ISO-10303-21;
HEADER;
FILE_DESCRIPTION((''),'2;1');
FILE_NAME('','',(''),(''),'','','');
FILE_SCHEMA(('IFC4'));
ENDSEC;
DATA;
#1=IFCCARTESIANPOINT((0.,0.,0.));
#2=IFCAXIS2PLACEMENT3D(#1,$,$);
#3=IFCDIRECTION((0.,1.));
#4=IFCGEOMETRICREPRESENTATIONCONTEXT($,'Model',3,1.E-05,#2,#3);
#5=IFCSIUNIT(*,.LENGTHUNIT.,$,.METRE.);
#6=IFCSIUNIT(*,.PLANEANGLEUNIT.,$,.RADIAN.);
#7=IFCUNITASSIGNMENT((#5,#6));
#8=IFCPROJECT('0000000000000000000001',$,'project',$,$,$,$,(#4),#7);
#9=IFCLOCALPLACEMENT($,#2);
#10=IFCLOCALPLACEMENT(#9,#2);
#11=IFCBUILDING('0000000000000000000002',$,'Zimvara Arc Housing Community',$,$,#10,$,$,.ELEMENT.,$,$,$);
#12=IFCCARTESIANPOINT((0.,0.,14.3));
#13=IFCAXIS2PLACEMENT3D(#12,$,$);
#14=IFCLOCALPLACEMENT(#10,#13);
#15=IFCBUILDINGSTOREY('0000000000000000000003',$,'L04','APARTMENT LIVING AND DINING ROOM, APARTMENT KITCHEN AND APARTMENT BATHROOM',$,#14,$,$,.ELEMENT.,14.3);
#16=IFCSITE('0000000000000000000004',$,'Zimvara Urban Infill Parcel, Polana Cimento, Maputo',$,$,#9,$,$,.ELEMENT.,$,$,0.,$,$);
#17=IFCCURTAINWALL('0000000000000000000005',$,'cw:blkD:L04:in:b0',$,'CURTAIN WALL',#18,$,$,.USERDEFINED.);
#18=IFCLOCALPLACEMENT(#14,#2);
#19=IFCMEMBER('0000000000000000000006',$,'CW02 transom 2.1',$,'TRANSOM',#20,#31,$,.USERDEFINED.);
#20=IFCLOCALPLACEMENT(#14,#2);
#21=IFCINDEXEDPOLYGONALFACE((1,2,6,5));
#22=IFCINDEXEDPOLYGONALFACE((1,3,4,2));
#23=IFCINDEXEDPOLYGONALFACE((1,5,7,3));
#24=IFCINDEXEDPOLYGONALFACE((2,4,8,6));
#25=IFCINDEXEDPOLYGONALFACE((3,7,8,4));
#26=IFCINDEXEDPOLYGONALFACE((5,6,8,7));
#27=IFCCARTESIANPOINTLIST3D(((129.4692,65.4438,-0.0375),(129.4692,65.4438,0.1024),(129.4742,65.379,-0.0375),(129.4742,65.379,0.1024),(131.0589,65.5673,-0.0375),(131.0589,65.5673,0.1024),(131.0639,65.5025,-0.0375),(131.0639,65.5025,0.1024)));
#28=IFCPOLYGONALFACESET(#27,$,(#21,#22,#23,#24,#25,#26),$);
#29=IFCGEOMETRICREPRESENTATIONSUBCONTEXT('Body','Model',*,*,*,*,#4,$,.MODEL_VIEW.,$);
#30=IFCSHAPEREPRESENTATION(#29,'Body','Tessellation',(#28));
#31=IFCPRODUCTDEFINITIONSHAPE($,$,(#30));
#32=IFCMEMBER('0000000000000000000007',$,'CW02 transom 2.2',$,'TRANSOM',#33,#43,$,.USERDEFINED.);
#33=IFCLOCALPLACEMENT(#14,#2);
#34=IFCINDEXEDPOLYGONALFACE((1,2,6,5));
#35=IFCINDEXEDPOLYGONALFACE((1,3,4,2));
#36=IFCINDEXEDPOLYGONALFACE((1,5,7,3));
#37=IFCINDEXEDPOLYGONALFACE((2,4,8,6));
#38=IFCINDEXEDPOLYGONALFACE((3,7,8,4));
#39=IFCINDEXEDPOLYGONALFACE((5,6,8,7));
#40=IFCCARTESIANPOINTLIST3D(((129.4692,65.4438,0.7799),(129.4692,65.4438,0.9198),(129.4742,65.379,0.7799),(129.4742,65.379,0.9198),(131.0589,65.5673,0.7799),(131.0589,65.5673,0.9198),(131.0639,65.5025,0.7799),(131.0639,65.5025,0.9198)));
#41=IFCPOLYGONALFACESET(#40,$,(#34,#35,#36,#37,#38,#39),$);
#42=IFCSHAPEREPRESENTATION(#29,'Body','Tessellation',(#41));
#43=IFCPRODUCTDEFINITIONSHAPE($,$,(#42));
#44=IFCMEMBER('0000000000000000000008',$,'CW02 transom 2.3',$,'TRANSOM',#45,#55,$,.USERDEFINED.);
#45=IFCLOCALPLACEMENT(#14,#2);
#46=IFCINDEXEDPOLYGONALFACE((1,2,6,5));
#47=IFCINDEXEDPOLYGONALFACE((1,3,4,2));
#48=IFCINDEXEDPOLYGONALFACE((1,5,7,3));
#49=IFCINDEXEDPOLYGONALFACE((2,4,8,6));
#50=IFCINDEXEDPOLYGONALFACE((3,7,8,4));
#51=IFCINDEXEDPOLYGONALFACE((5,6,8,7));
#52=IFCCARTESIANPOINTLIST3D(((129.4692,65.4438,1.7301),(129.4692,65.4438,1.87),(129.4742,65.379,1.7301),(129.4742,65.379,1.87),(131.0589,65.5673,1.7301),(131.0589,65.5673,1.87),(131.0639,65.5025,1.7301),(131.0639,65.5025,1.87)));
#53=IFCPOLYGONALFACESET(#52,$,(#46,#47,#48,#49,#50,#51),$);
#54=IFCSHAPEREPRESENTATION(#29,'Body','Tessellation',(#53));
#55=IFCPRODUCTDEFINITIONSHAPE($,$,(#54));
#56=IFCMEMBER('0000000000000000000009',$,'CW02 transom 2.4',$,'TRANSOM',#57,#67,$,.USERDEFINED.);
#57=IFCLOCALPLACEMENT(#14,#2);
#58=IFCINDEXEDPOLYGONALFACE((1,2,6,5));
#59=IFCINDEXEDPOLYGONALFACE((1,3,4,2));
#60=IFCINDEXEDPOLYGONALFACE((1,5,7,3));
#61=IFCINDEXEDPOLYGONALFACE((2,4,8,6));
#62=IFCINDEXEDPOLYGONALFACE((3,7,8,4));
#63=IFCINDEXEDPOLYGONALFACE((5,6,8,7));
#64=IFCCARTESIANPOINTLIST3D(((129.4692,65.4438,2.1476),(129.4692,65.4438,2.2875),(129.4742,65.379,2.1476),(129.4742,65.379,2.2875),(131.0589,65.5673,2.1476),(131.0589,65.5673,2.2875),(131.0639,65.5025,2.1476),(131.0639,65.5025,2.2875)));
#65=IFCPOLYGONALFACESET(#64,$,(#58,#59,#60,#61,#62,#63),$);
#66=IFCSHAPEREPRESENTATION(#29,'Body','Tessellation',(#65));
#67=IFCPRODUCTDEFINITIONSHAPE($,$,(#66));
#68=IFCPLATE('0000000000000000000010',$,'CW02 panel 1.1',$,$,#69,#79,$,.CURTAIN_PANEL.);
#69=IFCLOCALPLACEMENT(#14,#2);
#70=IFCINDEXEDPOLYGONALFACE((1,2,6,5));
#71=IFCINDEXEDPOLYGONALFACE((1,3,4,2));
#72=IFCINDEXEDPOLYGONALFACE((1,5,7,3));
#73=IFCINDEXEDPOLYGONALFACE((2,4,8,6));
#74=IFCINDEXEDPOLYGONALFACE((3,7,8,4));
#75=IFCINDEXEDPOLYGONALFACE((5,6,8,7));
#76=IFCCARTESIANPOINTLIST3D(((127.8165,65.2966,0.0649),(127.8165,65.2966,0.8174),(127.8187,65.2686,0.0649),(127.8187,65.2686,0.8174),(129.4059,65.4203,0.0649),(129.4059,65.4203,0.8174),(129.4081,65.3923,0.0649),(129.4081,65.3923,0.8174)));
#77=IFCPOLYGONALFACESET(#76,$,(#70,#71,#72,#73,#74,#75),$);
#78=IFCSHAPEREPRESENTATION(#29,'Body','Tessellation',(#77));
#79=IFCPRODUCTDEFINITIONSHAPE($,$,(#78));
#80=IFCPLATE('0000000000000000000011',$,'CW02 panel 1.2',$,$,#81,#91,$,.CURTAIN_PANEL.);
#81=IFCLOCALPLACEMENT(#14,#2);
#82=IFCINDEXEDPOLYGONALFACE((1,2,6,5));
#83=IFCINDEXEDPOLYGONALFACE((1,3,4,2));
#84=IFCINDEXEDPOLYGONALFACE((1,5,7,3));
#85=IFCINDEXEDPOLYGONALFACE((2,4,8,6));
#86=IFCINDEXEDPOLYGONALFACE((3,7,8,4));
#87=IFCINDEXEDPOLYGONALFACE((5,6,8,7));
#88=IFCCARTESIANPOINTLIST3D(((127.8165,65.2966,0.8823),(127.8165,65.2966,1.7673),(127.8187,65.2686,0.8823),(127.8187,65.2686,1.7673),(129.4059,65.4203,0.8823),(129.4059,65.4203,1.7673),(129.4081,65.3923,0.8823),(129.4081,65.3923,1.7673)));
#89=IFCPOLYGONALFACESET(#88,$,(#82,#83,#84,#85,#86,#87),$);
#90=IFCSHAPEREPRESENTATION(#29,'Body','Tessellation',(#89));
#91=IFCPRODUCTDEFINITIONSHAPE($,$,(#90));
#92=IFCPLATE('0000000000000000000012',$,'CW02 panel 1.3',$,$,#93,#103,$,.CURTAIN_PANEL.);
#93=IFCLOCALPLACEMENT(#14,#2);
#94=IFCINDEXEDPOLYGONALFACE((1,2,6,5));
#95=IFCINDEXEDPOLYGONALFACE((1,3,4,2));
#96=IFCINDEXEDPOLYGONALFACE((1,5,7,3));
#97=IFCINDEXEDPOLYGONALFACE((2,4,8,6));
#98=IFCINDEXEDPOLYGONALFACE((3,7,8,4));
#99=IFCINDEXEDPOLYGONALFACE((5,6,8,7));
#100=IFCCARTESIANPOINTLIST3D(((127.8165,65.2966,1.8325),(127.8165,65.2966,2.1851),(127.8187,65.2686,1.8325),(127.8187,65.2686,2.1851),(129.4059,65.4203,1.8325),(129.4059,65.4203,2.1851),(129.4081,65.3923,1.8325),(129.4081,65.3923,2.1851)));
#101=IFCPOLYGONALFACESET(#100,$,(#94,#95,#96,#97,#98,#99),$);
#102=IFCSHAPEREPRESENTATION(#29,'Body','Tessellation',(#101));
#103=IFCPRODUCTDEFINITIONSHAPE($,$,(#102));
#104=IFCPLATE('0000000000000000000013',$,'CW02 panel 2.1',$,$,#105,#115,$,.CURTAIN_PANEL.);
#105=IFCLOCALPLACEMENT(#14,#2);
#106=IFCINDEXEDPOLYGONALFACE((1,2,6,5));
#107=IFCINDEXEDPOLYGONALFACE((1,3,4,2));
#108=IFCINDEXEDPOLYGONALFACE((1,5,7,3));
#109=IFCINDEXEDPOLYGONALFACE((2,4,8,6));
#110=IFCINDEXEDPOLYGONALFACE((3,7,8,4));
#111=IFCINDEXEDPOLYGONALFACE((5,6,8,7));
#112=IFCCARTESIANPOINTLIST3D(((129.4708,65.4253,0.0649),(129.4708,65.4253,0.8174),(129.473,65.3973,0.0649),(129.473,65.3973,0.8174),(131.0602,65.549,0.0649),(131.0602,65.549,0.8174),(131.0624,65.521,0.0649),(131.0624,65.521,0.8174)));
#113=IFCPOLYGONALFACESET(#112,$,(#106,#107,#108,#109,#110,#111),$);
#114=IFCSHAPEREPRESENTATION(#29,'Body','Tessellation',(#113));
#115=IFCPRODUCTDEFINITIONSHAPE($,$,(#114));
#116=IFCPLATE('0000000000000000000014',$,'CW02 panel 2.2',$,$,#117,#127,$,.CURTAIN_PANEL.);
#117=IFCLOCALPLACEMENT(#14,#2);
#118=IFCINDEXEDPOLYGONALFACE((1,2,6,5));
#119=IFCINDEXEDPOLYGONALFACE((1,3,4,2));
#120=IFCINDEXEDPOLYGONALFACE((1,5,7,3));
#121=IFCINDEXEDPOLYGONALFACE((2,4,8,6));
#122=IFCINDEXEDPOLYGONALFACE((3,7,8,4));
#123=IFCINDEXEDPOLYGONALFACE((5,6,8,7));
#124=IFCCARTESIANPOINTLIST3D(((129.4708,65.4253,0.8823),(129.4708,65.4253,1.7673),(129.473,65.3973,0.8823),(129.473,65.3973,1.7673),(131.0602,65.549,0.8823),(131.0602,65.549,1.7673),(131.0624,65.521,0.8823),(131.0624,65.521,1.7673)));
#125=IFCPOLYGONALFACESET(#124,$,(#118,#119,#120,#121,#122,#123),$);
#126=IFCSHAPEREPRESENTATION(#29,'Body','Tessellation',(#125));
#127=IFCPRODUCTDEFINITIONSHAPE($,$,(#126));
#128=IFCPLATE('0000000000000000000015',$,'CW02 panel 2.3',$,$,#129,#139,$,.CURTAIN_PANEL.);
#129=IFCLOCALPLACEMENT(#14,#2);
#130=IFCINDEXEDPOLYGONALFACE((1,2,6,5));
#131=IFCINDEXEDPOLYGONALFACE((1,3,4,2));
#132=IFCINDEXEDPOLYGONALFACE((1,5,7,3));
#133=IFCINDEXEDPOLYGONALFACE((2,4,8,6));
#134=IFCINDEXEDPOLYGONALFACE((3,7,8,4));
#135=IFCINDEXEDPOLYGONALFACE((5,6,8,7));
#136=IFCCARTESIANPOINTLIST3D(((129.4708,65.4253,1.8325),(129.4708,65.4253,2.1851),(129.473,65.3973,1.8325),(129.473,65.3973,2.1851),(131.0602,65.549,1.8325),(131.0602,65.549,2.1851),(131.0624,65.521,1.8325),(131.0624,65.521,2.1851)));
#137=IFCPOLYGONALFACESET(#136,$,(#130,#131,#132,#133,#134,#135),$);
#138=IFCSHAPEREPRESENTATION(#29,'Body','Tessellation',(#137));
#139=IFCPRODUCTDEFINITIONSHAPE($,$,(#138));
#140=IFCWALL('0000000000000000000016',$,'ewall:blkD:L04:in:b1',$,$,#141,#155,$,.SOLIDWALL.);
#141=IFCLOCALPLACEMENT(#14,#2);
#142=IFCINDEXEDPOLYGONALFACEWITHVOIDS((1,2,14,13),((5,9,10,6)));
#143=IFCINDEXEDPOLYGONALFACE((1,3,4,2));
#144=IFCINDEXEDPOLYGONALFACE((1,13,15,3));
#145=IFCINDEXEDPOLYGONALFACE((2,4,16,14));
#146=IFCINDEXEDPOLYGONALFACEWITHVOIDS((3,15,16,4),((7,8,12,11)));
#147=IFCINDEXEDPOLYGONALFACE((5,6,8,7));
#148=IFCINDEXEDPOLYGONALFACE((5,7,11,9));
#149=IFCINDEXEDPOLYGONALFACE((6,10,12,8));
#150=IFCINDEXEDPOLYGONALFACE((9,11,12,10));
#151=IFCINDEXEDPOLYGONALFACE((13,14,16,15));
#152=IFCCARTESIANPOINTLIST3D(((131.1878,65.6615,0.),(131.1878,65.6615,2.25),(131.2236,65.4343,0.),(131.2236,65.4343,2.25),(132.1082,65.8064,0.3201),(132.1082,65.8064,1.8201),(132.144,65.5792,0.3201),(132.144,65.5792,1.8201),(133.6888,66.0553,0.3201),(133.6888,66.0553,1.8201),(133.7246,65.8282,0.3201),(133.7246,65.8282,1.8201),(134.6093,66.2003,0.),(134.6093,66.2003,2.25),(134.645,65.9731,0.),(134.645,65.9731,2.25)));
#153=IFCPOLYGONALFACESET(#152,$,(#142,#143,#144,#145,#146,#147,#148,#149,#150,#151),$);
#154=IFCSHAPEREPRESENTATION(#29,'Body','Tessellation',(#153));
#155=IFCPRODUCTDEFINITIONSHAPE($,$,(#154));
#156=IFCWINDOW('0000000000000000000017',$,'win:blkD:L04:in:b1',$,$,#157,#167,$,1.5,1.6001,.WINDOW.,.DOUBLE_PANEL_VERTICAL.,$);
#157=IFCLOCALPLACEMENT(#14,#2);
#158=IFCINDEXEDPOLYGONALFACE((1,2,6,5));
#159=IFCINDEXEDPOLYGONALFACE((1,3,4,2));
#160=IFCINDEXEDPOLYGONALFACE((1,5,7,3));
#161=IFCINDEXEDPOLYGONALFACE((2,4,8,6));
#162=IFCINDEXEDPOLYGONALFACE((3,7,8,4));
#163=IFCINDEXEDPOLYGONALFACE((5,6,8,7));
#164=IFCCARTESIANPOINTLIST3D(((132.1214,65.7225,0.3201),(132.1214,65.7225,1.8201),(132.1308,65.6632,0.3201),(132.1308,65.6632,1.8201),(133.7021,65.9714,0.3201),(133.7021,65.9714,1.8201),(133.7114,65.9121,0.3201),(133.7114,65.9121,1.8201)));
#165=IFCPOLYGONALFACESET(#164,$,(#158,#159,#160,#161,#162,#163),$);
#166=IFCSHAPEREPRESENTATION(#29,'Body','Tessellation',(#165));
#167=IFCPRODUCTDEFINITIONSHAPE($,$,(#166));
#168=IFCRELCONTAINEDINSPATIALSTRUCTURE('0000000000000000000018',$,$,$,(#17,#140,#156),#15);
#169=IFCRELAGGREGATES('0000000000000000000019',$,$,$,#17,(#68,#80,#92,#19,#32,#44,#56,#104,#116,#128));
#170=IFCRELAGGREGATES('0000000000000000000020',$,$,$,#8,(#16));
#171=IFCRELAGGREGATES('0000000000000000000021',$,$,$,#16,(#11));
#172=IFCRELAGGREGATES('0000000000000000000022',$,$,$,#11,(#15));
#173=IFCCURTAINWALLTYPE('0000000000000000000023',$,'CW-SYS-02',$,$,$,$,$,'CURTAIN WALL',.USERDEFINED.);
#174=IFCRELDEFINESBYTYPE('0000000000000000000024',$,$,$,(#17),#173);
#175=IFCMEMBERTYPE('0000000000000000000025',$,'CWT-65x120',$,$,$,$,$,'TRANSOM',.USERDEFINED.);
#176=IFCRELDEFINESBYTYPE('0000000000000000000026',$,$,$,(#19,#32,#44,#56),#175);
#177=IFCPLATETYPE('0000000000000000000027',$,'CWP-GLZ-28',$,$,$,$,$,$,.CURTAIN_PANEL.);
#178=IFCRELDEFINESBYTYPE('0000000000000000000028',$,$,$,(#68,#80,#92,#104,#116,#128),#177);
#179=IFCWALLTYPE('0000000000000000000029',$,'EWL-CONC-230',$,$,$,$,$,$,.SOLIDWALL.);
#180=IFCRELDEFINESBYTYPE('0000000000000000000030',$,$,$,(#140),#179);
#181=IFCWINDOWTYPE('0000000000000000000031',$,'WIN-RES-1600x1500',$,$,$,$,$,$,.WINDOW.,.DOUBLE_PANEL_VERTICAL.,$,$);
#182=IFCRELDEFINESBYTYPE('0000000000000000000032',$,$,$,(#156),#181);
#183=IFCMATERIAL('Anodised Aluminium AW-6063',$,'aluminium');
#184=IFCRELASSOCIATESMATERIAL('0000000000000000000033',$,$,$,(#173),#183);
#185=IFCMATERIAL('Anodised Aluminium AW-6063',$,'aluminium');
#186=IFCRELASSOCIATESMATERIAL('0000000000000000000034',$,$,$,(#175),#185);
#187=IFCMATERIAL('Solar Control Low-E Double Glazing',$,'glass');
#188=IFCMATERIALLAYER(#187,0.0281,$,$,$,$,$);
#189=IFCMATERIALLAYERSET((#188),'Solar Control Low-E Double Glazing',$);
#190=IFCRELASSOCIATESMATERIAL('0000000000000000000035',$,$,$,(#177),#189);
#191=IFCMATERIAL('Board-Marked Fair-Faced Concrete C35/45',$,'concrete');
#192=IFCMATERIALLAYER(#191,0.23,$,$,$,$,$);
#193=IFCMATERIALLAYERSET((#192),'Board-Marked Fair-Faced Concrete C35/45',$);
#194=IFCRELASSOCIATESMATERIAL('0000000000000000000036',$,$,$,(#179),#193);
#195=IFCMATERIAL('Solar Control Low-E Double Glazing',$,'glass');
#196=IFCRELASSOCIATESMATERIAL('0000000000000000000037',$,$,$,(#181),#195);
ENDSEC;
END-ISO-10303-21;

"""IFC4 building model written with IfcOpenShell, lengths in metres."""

from ifc_helpers import new_model, si_unit, direction, frame, frame_2d, origin, origin_2d, place, context, subcontext, project, spatial, rectangle, extrude, material, layer, layer_set, material_profile, profile_set, type_object, element, fill, aggregate, save


model = new_model("IFC4")

# Units and contexts
model_context = context("Model", 3, precision=1e-05, world=origin(), true_north=direction((0.0, 1.0)))
body_context = subcontext(model_context, "Body", "Model", "MODEL_VIEW")
ifc_project = project(units=[si_unit("LENGTHUNIT", "METRE"), si_unit("PLANEANGLEUNIT", "RADIAN")], contexts=[model_context])

# Site, building, storey
site_placement = place(None, origin())
site = spatial("IfcSite", under=ifc_project, at=site_placement, Name="Zimvara Urban Infill Parcel, Polana Cimento, Maputo", CompositionType="ELEMENT", RefElevation=0.0)
building_placement = place(site_placement, origin())
building = spatial("IfcBuilding", under=site, at=building_placement, Name="Zimvara Arc Housing Community", CompositionType="ELEMENT")
storey_placement = place(building_placement, frame((0.0, 0.0, 14.3)))
storey = spatial("IfcBuildingStorey", under=building, at=storey_placement, Name="L04", Description="APARTMENT LIVING AND DINING ROOM, APARTMENT KITCHEN AND APARTMENT BATHROOM", CompositionType="ELEMENT", Elevation=14.3)

# Curtain wall, members, plates
ifc_material_1 = material(Name="Anodised Aluminium AW-6063", Category="aluminium")
curtain_wall_type_1 = type_object("IfcCurtainWallType", Name="CW-SYS-02", ElementType="CURTAIN WALL", PredefinedType="USERDEFINED", material=ifc_material_1)
curtain_wall_1_placement = place(storey_placement, origin())
curtain_wall_1 = element("IfcCurtainWall", 1, at=curtain_wall_1_placement, inside=storey, type_object=curtain_wall_type_1, Name="cw:blkD:L04:in:b0", ObjectType="CURTAIN WALL", PredefinedType="USERDEFINED")
ifc_material_2 = material(Name="Anodised Aluminium AW-6063", Category="aluminium")
ifc_material_profile_1 = material_profile(ifc_material_2, rectangle(XDim=0.0649, YDim=0.1399, at=origin_2d()), Name="ALU 65x140")
ifc_profile_set_1 = profile_set([ifc_material_profile_1], Name="Anodised Aluminium AW-6063")
member_type_1 = type_object("IfcMemberType", Name="CWT-65x120", ElementType="TRANSOM", PredefinedType="USERDEFINED", material=ifc_profile_set_1)
member_1_placement = place(storey_placement, frame((129.4717, 65.4114, 0.0325), z_axis=(0.996994, 0.077481, 0.0), x_axis=(-0.077481, 0.996994, 0.0)))
member_1 = element("IfcMember", 2, at=member_1_placement, type_object=member_type_1, Name="CW02 transom 2.1", ObjectType="TRANSOM", PredefinedType="USERDEFINED", context=body_context, shape_type="SweptSolid", body=[
    extrude(rectangle(XDim=0.0649, YDim=0.1399, at=origin_2d()), origin(), (0.0, 0.0, 1.0), 1.5945),
])
member_2_placement = place(storey_placement, frame((129.4717, 65.4114, 0.8499), z_axis=(0.996994, 0.077481, 0.0), x_axis=(-0.077481, 0.996994, 0.0)))
member_2 = element("IfcMember", 3, at=member_2_placement, type_object=member_type_1, Name="CW02 transom 2.2", ObjectType="TRANSOM", PredefinedType="USERDEFINED", context=body_context, shape_type="SweptSolid", body=[
    extrude(rectangle(XDim=0.0649, YDim=0.1399, at=origin_2d()), origin(), (0.0, 0.0, 1.0), 1.5945),
])
member_3_placement = place(storey_placement, frame((129.4717, 65.4114, 1.8), z_axis=(0.996994, 0.077481, 0.0), x_axis=(-0.077481, 0.996994, 0.0)))
member_3 = element("IfcMember", 4, at=member_3_placement, type_object=member_type_1, Name="CW02 transom 2.3", ObjectType="TRANSOM", PredefinedType="USERDEFINED", context=body_context, shape_type="SweptSolid", body=[
    extrude(rectangle(XDim=0.0649, YDim=0.1399, at=origin_2d()), origin(), (0.0, 0.0, 1.0), 1.5945),
])
member_4_placement = place(storey_placement, frame((129.4717, 65.4114, 2.2175), z_axis=(0.996994, 0.077481, 0.0), x_axis=(-0.077481, 0.996994, 0.0)))
member_4 = element("IfcMember", 5, at=member_4_placement, type_object=member_type_1, Name="CW02 transom 2.4", ObjectType="TRANSOM", PredefinedType="USERDEFINED", context=body_context, shape_type="SweptSolid", body=[
    extrude(rectangle(XDim=0.0649, YDim=0.1399, at=origin_2d()), origin(), (0.0, 0.0, 1.0), 1.5945),
])
ifc_material_3 = material(Name="Solar Control Low-E Double Glazing", Category="glass")
ifc_layer_1 = layer(ifc_material_3, 0.0281)
ifc_layer_set_1 = layer_set([ifc_layer_1], Name="Solar Control Low-E Double Glazing")
plate_type = type_object("IfcPlateType", Name="CWP-GLZ-28", PredefinedType="CURTAIN_PANEL", material=ifc_layer_set_1)
plate_1_placement = place(storey_placement, frame((128.6123, 65.3445, 0.0649), z_axis=(0.0, 0.0, 1.0), x_axis=(0.996985, 0.07759, 0.0)))
plate_1 = element("IfcPlate", 6, at=plate_1_placement, type_object=plate_type, Name="CW02 panel 1.1", PredefinedType="CURTAIN_PANEL", context=body_context, shape_type="SweptSolid", body=[
    extrude(rectangle(XDim=1.5942, YDim=0.0281, at=origin_2d()), origin(), (0.0, 0.0, 1.0), 0.7524),
])
plate_2_placement = place(storey_placement, frame((128.6123, 65.3445, 0.8823), z_axis=(0.0, 0.0, 1.0), x_axis=(0.996985, 0.07759, 0.0)))
plate_2 = element("IfcPlate", 7, at=plate_2_placement, type_object=plate_type, Name="CW02 panel 1.2", PredefinedType="CURTAIN_PANEL", context=body_context, shape_type="SweptSolid", body=[
    extrude(rectangle(XDim=1.5942, YDim=0.0281, at=origin_2d()), origin(), (0.0, 0.0, 1.0), 0.885),
])
plate_3_placement = place(storey_placement, frame((128.6123, 65.3445, 1.8325), z_axis=(0.0, 0.0, 1.0), x_axis=(0.996985, 0.07759, 0.0)))
plate_3 = element("IfcPlate", 8, at=plate_3_placement, type_object=plate_type, Name="CW02 panel 1.3", PredefinedType="CURTAIN_PANEL", context=body_context, shape_type="SweptSolid", body=[
    extrude(rectangle(XDim=1.5942, YDim=0.0281, at=origin_2d()), origin(), (0.0, 0.0, 1.0), 0.3525),
])
plate_4_placement = place(storey_placement, frame((130.2666, 65.4731, 0.0649), z_axis=(0.0, 0.0, 1.0), x_axis=(0.996985, 0.07759, 0.0)))
plate_4 = element("IfcPlate", 9, at=plate_4_placement, type_object=plate_type, Name="CW02 panel 2.1", PredefinedType="CURTAIN_PANEL", context=body_context, shape_type="SweptSolid", body=[
    extrude(rectangle(XDim=1.5942, YDim=0.0281, at=origin_2d()), origin(), (0.0, 0.0, 1.0), 0.7524),
])
plate_5_placement = place(storey_placement, frame((130.2666, 65.4731, 0.8823), z_axis=(0.0, 0.0, 1.0), x_axis=(0.996985, 0.07759, 0.0)))
plate_5 = element("IfcPlate", 10, at=plate_5_placement, type_object=plate_type, Name="CW02 panel 2.2", PredefinedType="CURTAIN_PANEL", context=body_context, shape_type="SweptSolid", body=[
    extrude(rectangle(XDim=1.5942, YDim=0.0281, at=origin_2d()), origin(), (0.0, 0.0, 1.0), 0.885),
])
plate_6_placement = place(storey_placement, frame((130.2666, 65.4731, 1.8325), z_axis=(0.0, 0.0, 1.0), x_axis=(0.996985, 0.07759, 0.0)))
plate_6 = element("IfcPlate", 11, at=plate_6_placement, type_object=plate_type, Name="CW02 panel 2.3", PredefinedType="CURTAIN_PANEL", context=body_context, shape_type="SweptSolid", body=[
    extrude(rectangle(XDim=1.5942, YDim=0.0281, at=origin_2d()), origin(), (0.0, 0.0, 1.0), 0.3525),
])
aggregate(curtain_wall_1, [plate_1, plate_2, plate_3, member_1, member_2, member_3, member_4, plate_4, plate_5, plate_6])

# Wall, opening, window
ifc_material_4 = material(Name="Board-Marked Fair-Faced Concrete C35/45", Category="concrete")
ifc_layer_2 = layer(ifc_material_4, 0.23)
ifc_layer_set_2 = layer_set([ifc_layer_2], Name="Board-Marked Fair-Faced Concrete C35/45")
wall_type_1 = type_object("IfcWallType", Name="EWL-CONC-230", PredefinedType="SOLIDWALL", material=ifc_layer_set_2)
wall_1_placement = place(storey_placement, frame((131.2056, 65.5479, 0.0), z_axis=(0.0, 0.0, 1.0), x_axis=(0.987825, 0.155568, 0.0)))
wall_1 = element("IfcWall", 12, at=wall_1_placement, inside=storey, type_object=wall_type_1, Name="ewall:blkD:L04:in:b1", PredefinedType="SOLIDWALL", context=body_context, shape_type="SweptSolid", body=[
    extrude(rectangle(XDim=3.4636, YDim=0.23, at=frame_2d((1.7319, 0.0))), origin(), (0.0, 0.0, 1.0), 2.25),
])
opening_1_placement = place(wall_1_placement, frame((0.9319, 0.0, 0.3201)))
opening_1 = element("IfcOpeningElement", 13, at=opening_1_placement, cuts=wall_1, PredefinedType="OPENING", context=body_context, shape_type="SweptSolid", body=[
    extrude(rectangle(XDim=1.6001, YDim=1.5, at=frame_2d((0.8, 0.75))), frame((0.0, 0.125, 0.0), z_axis=(0.0, -1.0, 0.0), x_axis=(1.0, 0.0, 0.0)), (0.0, 0.0, 1.0), 0.25),
])
ifc_material_5 = material(Name="Solar Control Low-E Double Glazing", Category="glass")
window_type_1 = type_object("IfcWindowType", Name="WIN-RES-1600x1500", PartitioningType="DOUBLE_PANEL_VERTICAL", PredefinedType="WINDOW", material=ifc_material_5)
window_1_placement = place(opening_1_placement, origin())
window_1 = element("IfcWindow", 14, at=window_1_placement, inside=storey, type_object=window_type_1, Name="win:blkD:L04:in:b1", OverallHeight=1.5, OverallWidth=1.6001, PartitioningType="DOUBLE_PANEL_VERTICAL", PredefinedType="WINDOW", context=body_context, shape_type="SweptSolid", body=[
    extrude(rectangle(XDim=1.6001, YDim=1.5, at=frame_2d((0.8, 0.75))), frame((0.0, 0.03, 0.0), z_axis=(0.0, -1.0, 0.0), x_axis=(1.0, 0.0, 0.0)), (0.0, 0.0, 1.0), 0.0601),
])
fill(opening_1, window_1)

save(model, "model.ifc")
